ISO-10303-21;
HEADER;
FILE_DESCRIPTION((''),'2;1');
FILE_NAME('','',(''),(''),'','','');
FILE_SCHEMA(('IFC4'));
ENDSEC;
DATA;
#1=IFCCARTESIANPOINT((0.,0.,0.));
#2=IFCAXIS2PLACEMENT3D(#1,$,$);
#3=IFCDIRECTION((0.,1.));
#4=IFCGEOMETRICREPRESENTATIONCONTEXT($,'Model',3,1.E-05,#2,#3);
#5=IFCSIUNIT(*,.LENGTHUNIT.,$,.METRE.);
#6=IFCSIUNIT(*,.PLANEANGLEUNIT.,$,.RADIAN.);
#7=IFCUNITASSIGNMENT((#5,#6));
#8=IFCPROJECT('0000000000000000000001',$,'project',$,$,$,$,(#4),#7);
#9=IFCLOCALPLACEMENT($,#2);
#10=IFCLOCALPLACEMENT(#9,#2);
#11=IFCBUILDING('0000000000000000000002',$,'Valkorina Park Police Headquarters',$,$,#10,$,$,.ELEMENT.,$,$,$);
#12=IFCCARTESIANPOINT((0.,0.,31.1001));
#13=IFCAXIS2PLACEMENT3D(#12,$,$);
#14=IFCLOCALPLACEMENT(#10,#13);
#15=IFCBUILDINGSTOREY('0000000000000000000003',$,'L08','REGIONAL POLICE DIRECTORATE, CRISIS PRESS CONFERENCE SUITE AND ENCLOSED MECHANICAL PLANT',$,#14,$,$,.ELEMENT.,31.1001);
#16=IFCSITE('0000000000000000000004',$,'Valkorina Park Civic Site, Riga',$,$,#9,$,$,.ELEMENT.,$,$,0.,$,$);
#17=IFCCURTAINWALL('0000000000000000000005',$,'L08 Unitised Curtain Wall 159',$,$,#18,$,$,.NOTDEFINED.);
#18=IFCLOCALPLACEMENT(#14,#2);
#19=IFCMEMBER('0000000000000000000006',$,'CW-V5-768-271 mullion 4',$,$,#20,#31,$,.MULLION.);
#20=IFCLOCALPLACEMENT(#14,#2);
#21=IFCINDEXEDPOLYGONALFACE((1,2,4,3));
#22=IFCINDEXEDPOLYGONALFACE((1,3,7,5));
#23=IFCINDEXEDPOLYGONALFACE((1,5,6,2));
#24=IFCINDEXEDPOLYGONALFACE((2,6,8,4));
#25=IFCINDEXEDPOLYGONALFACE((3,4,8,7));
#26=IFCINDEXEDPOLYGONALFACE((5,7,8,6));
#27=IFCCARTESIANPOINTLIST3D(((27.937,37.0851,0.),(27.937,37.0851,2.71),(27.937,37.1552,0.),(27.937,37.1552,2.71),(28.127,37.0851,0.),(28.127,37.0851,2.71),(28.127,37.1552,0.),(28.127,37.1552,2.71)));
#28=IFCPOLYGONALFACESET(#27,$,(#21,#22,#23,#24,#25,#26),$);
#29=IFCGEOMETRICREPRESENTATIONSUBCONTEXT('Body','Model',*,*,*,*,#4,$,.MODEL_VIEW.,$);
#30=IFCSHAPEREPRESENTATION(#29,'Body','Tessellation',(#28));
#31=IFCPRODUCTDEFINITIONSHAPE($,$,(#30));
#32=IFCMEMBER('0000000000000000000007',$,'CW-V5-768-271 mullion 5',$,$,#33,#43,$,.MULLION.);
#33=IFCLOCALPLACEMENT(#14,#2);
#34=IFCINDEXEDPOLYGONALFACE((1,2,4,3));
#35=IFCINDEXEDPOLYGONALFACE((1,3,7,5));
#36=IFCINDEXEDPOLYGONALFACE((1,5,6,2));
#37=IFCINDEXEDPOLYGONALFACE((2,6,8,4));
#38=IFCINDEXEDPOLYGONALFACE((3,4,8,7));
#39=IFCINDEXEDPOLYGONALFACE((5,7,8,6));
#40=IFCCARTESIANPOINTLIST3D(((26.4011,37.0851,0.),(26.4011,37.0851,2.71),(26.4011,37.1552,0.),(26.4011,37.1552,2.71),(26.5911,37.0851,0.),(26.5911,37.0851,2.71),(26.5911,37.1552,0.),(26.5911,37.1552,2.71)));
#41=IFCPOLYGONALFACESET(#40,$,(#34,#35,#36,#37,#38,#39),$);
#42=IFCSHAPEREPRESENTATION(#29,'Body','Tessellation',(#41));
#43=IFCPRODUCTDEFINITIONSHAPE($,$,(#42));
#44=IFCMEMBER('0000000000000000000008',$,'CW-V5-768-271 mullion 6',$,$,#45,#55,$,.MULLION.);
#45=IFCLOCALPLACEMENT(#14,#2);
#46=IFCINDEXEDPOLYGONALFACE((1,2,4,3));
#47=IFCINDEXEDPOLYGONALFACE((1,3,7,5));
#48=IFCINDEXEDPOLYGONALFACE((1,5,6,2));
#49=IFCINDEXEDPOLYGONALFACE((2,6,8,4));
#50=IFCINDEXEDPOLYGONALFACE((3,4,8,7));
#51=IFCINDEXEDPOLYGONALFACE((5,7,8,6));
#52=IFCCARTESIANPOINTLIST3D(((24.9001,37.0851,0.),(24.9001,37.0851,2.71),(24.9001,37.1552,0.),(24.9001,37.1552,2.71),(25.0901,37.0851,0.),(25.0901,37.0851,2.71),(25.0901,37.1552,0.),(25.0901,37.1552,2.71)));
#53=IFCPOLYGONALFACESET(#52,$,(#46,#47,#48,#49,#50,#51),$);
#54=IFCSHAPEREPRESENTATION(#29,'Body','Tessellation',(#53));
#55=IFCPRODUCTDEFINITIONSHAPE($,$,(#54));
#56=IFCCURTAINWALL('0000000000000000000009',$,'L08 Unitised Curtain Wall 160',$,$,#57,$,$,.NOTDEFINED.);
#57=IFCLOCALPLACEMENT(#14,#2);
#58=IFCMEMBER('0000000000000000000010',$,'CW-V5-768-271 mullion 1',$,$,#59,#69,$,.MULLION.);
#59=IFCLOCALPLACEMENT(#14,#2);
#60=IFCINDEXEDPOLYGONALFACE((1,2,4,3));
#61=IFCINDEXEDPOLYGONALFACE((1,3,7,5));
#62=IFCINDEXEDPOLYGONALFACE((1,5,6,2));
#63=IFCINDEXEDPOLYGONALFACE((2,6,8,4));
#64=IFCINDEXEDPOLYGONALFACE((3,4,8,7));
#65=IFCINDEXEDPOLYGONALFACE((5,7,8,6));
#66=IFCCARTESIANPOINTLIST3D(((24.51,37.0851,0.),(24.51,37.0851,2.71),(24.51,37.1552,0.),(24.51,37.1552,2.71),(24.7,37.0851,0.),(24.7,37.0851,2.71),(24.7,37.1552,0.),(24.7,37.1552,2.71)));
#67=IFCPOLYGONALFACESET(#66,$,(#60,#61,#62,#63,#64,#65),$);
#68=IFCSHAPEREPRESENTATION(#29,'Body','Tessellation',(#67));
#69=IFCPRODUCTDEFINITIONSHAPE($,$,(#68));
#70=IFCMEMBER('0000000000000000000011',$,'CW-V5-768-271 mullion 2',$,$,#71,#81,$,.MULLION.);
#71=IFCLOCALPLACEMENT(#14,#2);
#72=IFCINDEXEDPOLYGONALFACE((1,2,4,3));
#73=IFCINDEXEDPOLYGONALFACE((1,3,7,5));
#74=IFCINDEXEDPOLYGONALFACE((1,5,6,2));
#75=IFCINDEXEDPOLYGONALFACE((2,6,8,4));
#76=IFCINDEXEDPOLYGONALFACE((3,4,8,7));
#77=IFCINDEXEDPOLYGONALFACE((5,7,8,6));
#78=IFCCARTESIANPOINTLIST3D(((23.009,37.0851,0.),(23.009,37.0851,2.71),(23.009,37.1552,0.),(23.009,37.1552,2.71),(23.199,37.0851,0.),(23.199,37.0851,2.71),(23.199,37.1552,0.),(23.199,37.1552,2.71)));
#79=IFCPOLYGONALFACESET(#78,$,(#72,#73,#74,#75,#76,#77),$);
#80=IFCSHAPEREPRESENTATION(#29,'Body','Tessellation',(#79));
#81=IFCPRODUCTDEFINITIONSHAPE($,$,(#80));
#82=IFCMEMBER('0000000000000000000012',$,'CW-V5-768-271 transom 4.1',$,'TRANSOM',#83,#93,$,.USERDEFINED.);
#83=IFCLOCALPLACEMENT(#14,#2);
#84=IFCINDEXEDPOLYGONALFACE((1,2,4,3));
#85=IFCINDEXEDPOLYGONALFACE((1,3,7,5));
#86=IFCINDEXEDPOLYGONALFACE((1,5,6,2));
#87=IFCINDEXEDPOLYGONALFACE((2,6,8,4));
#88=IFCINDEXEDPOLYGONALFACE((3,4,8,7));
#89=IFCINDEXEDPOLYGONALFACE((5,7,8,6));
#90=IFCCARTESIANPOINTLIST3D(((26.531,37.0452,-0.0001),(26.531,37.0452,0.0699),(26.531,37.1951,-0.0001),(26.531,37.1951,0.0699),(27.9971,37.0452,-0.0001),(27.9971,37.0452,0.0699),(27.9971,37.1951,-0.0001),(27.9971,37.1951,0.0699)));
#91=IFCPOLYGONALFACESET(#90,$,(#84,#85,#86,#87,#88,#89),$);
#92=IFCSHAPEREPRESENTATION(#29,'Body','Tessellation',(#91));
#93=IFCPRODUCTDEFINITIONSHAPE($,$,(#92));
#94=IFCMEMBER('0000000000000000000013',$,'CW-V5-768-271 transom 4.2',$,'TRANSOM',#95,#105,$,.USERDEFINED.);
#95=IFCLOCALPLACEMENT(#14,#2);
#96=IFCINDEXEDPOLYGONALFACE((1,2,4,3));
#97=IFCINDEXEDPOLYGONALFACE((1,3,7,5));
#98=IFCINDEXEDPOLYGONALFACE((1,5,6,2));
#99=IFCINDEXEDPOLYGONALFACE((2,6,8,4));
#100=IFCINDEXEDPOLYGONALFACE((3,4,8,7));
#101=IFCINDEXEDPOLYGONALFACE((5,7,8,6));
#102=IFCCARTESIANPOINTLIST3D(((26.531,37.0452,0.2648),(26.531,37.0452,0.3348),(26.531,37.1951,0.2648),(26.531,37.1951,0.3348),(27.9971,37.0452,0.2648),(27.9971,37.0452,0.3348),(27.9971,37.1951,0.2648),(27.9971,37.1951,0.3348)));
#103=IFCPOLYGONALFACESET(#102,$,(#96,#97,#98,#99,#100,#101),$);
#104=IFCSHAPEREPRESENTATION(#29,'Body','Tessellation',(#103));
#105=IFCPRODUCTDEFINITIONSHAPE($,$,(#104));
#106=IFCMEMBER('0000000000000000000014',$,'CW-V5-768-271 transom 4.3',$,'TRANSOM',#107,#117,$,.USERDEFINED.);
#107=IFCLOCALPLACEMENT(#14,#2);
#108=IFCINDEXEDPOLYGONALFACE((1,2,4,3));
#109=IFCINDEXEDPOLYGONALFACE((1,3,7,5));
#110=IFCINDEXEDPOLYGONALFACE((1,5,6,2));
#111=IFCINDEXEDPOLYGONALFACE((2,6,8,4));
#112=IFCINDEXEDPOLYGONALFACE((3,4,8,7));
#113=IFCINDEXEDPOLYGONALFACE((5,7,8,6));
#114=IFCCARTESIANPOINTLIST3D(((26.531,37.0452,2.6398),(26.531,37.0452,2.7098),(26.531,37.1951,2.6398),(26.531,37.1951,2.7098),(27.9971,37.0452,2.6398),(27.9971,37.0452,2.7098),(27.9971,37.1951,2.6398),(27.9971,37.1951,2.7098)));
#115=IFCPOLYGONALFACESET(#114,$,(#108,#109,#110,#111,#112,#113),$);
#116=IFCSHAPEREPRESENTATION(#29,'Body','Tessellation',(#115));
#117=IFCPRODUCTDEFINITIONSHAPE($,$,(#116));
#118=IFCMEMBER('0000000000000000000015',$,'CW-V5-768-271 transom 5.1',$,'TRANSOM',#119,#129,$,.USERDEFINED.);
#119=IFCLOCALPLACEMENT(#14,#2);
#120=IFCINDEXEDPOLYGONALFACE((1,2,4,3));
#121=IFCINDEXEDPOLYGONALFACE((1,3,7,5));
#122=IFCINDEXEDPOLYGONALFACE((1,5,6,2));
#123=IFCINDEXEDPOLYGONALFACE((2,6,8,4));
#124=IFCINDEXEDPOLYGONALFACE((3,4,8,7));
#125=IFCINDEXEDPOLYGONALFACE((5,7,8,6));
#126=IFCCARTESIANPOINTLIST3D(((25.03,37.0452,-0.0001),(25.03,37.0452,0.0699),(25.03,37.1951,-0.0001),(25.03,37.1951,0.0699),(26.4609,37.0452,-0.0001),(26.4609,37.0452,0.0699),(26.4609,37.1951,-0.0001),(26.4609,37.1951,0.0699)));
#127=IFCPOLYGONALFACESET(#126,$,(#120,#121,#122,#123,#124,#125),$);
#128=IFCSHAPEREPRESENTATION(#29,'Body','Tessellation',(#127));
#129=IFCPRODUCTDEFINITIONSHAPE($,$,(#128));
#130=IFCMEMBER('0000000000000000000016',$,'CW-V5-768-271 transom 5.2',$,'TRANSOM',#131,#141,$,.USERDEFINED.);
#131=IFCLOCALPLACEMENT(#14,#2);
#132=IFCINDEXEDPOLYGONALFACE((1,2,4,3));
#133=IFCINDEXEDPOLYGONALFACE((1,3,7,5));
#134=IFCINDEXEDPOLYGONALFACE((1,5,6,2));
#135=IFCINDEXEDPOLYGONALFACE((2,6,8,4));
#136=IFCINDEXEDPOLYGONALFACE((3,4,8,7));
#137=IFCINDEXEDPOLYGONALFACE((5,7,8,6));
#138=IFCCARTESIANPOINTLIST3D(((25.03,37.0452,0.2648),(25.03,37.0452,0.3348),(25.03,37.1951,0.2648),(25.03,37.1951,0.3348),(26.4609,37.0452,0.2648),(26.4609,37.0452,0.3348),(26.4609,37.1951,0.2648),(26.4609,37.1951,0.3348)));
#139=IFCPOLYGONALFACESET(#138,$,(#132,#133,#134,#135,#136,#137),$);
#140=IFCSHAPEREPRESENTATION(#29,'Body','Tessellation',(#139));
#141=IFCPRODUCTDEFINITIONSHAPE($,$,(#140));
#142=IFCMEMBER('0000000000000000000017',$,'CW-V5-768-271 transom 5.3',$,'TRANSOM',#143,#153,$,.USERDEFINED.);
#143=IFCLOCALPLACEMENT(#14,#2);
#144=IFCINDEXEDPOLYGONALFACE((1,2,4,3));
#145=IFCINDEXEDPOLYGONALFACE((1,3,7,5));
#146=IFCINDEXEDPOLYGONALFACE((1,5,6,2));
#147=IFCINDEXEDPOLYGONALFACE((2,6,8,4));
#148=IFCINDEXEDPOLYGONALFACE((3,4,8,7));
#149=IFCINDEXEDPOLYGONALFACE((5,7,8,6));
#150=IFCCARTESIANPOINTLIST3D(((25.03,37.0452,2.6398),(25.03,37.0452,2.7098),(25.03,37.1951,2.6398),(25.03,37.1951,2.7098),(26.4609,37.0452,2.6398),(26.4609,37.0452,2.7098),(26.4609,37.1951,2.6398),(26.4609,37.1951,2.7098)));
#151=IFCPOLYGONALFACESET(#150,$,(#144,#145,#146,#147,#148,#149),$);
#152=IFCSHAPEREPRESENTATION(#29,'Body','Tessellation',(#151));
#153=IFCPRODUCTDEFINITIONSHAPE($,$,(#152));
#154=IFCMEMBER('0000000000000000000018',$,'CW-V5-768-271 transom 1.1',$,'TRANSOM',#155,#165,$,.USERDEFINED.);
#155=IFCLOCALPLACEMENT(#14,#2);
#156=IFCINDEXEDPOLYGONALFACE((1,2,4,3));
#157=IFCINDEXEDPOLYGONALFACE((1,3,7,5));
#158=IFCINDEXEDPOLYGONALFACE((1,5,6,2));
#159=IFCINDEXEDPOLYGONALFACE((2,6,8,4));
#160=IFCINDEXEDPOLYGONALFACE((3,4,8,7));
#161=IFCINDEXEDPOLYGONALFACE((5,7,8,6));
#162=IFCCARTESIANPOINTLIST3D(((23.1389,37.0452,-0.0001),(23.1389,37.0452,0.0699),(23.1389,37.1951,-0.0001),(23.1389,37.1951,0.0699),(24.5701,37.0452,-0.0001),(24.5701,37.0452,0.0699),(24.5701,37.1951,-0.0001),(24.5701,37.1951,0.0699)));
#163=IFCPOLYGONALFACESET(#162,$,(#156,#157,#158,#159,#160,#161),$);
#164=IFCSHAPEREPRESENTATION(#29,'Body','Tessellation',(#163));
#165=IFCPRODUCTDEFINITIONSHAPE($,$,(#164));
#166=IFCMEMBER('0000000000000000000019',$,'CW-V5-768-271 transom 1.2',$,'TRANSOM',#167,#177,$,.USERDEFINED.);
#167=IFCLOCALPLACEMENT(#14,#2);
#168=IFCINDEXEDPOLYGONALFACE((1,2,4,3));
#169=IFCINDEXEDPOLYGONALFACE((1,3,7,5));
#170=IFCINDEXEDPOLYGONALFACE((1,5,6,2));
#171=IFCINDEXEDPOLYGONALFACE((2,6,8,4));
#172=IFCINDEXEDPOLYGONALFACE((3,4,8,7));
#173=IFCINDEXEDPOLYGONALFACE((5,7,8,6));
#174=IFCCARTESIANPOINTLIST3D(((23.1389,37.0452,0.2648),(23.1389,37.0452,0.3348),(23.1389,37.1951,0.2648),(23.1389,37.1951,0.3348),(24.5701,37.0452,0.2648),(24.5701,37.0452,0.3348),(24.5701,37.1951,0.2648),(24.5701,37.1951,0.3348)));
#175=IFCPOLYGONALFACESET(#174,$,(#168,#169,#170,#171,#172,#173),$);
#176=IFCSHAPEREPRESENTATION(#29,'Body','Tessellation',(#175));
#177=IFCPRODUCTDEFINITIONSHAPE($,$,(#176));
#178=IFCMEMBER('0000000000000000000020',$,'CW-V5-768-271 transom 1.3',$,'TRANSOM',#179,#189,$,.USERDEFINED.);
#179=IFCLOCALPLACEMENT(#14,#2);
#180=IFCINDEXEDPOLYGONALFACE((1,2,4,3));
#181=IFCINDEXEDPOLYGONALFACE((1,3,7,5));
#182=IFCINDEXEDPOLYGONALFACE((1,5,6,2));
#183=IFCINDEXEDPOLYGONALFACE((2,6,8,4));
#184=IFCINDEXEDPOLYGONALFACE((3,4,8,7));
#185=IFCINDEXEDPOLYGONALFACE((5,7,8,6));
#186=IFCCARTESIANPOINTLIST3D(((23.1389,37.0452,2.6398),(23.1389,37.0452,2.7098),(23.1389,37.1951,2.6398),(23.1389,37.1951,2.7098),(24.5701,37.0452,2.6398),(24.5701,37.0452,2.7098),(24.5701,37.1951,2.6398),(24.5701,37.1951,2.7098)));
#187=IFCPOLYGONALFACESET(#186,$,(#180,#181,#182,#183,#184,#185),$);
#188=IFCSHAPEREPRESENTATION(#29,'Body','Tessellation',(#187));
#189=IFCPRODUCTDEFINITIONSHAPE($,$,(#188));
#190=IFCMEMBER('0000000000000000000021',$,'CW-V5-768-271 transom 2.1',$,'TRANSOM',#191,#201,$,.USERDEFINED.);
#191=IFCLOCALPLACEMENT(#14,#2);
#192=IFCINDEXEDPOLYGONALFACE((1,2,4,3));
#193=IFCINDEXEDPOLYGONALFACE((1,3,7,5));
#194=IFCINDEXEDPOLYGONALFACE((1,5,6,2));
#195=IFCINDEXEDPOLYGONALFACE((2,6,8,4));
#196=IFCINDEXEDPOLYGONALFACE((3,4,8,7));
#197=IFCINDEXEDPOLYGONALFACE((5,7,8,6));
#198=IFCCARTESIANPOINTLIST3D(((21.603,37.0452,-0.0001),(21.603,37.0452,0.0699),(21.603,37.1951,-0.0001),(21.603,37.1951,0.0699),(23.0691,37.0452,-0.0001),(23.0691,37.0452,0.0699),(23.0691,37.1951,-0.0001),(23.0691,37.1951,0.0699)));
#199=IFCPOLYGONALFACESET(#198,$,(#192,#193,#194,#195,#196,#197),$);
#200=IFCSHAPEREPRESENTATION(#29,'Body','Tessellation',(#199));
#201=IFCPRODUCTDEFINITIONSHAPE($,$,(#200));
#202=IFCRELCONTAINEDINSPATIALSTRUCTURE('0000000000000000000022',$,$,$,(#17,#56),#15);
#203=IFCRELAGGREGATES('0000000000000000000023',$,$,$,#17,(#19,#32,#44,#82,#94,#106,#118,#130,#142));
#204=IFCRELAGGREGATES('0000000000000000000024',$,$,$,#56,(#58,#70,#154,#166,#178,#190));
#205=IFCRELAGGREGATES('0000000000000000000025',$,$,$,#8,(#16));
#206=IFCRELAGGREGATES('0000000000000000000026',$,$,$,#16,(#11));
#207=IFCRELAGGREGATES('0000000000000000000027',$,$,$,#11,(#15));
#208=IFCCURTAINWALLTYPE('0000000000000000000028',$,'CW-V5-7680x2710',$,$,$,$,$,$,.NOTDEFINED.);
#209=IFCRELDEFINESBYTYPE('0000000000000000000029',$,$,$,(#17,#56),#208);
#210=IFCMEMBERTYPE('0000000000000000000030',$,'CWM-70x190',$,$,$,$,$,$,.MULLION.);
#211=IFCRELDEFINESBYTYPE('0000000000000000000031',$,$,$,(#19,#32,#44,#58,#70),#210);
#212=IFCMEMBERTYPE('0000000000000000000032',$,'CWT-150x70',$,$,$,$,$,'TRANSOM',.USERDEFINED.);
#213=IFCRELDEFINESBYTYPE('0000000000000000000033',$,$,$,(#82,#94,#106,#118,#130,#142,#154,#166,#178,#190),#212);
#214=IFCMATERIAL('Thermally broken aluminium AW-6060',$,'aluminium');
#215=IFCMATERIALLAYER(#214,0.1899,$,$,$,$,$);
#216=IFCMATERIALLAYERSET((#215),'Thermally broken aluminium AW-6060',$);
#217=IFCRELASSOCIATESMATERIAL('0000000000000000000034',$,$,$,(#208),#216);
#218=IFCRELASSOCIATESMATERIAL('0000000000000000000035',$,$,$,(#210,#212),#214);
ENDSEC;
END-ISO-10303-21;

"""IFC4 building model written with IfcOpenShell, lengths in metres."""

from ifc_helpers import new_model, si_unit, direction, frame, origin, origin_2d, place, context, subcontext, project, spatial, rectangle, extrude, material, layer, layer_set, material_profile, profile_set, type_object, element, aggregate, save


model = new_model("IFC4")

# Units and contexts
model_context = context("Model", 3, precision=1e-05, world=origin(), true_north=direction((0.0, 1.0)))
body_context = subcontext(model_context, "Body", "Model", "MODEL_VIEW")
ifc_project = project(units=[si_unit("LENGTHUNIT", "METRE"), si_unit("PLANEANGLEUNIT", "RADIAN")], contexts=[model_context])

# Site, building, storey
site_placement = place(None, origin())
site = spatial("IfcSite", under=ifc_project, at=site_placement, Name="Valkorina Park Civic Site, Riga", CompositionType="ELEMENT", RefElevation=0.0)
building_placement = place(site_placement, origin())
building = spatial("IfcBuilding", under=site, at=building_placement, Name="Valkorina Park Police Headquarters", CompositionType="ELEMENT")
storey_placement = place(building_placement, frame((0.0, 0.0, 31.1001)))
storey = spatial("IfcBuildingStorey", under=building, at=storey_placement, Name="L08", Description="REGIONAL POLICE DIRECTORATE, CRISIS PRESS CONFERENCE SUITE AND ENCLOSED MECHANICAL PLANT", CompositionType="ELEMENT", Elevation=31.1001)

# Curtain walls, members
ifc_material_1 = material(Name="Thermally broken aluminium AW-6060", Category="aluminium")
ifc_layer_1 = layer(ifc_material_1, 0.1899)
ifc_layer_set_1 = layer_set([ifc_layer_1], Name="Thermally broken aluminium AW-6060")
curtain_wall_type = type_object("IfcCurtainWallType", Name="CW-V5-7680x2710", PredefinedType="NOTDEFINED", material=ifc_layer_set_1)
curtain_wall_1_placement = place(storey_placement, origin())
curtain_wall_1 = element("IfcCurtainWall", 1, at=curtain_wall_1_placement, inside=storey, type_object=curtain_wall_type, Name="L08 Unitised Curtain Wall 159", PredefinedType="NOTDEFINED")
ifc_material_profile_1 = material_profile(ifc_material_1, rectangle(XDim=0.0701, YDim=0.1899, at=origin_2d()), Name="CWM-02 70x190")
ifc_profile_set_1 = profile_set([ifc_material_profile_1], Name="Thermally broken aluminium AW-6060")
member_type_1 = type_object("IfcMemberType", Name="CWM-70x190", PredefinedType="MULLION", material=ifc_profile_set_1)
member_1_placement = place(storey_placement, frame((28.032, 37.1201, 0.0), z_axis=(0.0, 0.0, 1.0), x_axis=(0.0, -1.0, 0.0)))
member_1 = element("IfcMember", 2, at=member_1_placement, type_object=member_type_1, Name="CW-V5-768-271 mullion 4", PredefinedType="MULLION", context=body_context, shape_type="SweptSolid", body=[
    extrude(rectangle(XDim=0.0701, YDim=0.1899, at=origin_2d()), origin(), (0.0, 0.0, 1.0), 2.71),
])
member_2_placement = place(storey_placement, frame((26.4961, 37.1201, 0.0), z_axis=(0.0, 0.0, 1.0), x_axis=(0.0, -1.0, 0.0)))
member_2 = element("IfcMember", 3, at=member_2_placement, type_object=member_type_1, Name="CW-V5-768-271 mullion 5", PredefinedType="MULLION", context=body_context, shape_type="SweptSolid", body=[
    extrude(rectangle(XDim=0.0701, YDim=0.1899, at=origin_2d()), origin(), (0.0, 0.0, 1.0), 2.71),
])
member_3_placement = place(storey_placement, frame((24.9951, 37.1201, 0.0), z_axis=(0.0, 0.0, 1.0), x_axis=(0.0, -1.0, 0.0)))
member_3 = element("IfcMember", 4, at=member_3_placement, type_object=member_type_1, Name="CW-V5-768-271 mullion 6", PredefinedType="MULLION", context=body_context, shape_type="SweptSolid", body=[
    extrude(rectangle(XDim=0.0701, YDim=0.1899, at=origin_2d()), origin(), (0.0, 0.0, 1.0), 2.71),
])
curtain_wall_2_placement = place(storey_placement, origin())
curtain_wall_2 = element("IfcCurtainWall", 5, at=curtain_wall_2_placement, inside=storey, type_object=curtain_wall_type, Name="L08 Unitised Curtain Wall 160", PredefinedType="NOTDEFINED")
member_4_placement = place(storey_placement, frame((24.605, 37.1201, 0.0), z_axis=(0.0, 0.0, 1.0), x_axis=(0.0, -1.0, 0.0)))
member_4 = element("IfcMember", 6, at=member_4_placement, type_object=member_type_1, Name="CW-V5-768-271 mullion 1", PredefinedType="MULLION", context=body_context, shape_type="SweptSolid", body=[
    extrude(rectangle(XDim=0.0701, YDim=0.1899, at=origin_2d()), origin(), (0.0, 0.0, 1.0), 2.71),
])
member_5_placement = place(storey_placement, frame((23.104, 37.1201, 0.0), z_axis=(0.0, 0.0, 1.0), x_axis=(0.0, -1.0, 0.0)))
member_5 = element("IfcMember", 7, at=member_5_placement, type_object=member_type_1, Name="CW-V5-768-271 mullion 2", PredefinedType="MULLION", context=body_context, shape_type="SweptSolid", body=[
    extrude(rectangle(XDim=0.0701, YDim=0.1899, at=origin_2d()), origin(), (0.0, 0.0, 1.0), 2.71),
])

# Members
ifc_material_profile_2 = material_profile(ifc_material_1, rectangle(XDim=0.1499, YDim=0.0701, at=origin_2d()), Name="CWT-02 150x70")
ifc_profile_set_2 = profile_set([ifc_material_profile_2], Name="Thermally broken aluminium AW-6060")
member_type_2 = type_object("IfcMemberType", Name="CWT-150x70", ElementType="TRANSOM", PredefinedType="USERDEFINED", material=ifc_profile_set_2)
member_6_placement = place(storey_placement, frame((27.9971, 37.1201, 0.0349), z_axis=(-1.0, 0.0, 0.0), x_axis=(0.0, -1.0, 0.0)))
member_6 = element("IfcMember", 8, at=member_6_placement, type_object=member_type_2, Name="CW-V5-768-271 transom 4.1", ObjectType="TRANSOM", PredefinedType="USERDEFINED", context=body_context, shape_type="SweptSolid", body=[
    extrude(rectangle(XDim=0.1499, YDim=0.0701, at=origin_2d()), origin(), (0.0, 0.0, 1.0), 1.4661),
])
member_7_placement = place(storey_placement, frame((27.9971, 37.1201, 0.2998), z_axis=(-1.0, 0.0, 0.0), x_axis=(0.0, -1.0, 0.0)))
member_7 = element("IfcMember", 9, at=member_7_placement, type_object=member_type_2, Name="CW-V5-768-271 transom 4.2", ObjectType="TRANSOM", PredefinedType="USERDEFINED", context=body_context, shape_type="SweptSolid", body=[
    extrude(rectangle(XDim=0.1499, YDim=0.0701, at=origin_2d()), origin(), (0.0, 0.0, 1.0), 1.4661),
])
member_8_placement = place(storey_placement, frame((27.9971, 37.1201, 2.6748), z_axis=(-1.0, 0.0, 0.0), x_axis=(0.0, -1.0, 0.0)))
member_8 = element("IfcMember", 10, at=member_8_placement, type_object=member_type_2, Name="CW-V5-768-271 transom 4.3", ObjectType="TRANSOM", PredefinedType="USERDEFINED", context=body_context, shape_type="SweptSolid", body=[
    extrude(rectangle(XDim=0.1499, YDim=0.0701, at=origin_2d()), origin(), (0.0, 0.0, 1.0), 1.4661),
])
member_9_placement = place(storey_placement, frame((26.4609, 37.1201, 0.0349), z_axis=(-1.0, 0.0, 0.0), x_axis=(0.0, -1.0, 0.0)))
member_9 = element("IfcMember", 11, at=member_9_placement, type_object=member_type_2, Name="CW-V5-768-271 transom 5.1", ObjectType="TRANSOM", PredefinedType="USERDEFINED", context=body_context, shape_type="SweptSolid", body=[
    extrude(rectangle(XDim=0.1499, YDim=0.0701, at=origin_2d()), origin(), (0.0, 0.0, 1.0), 1.4309),
])
member_10_placement = place(storey_placement, frame((26.4609, 37.1201, 0.2998), z_axis=(-1.0, 0.0, 0.0), x_axis=(0.0, -1.0, 0.0)))
member_10 = element("IfcMember", 12, at=member_10_placement, type_object=member_type_2, Name="CW-V5-768-271 transom 5.2", ObjectType="TRANSOM", PredefinedType="USERDEFINED", context=body_context, shape_type="SweptSolid", body=[
    extrude(rectangle(XDim=0.1499, YDim=0.0701, at=origin_2d()), origin(), (0.0, 0.0, 1.0), 1.4309),
])
member_11_placement = place(storey_placement, frame((26.4609, 37.1201, 2.6748), z_axis=(-1.0, 0.0, 0.0), x_axis=(0.0, -1.0, 0.0)))
member_11 = element("IfcMember", 13, at=member_11_placement, type_object=member_type_2, Name="CW-V5-768-271 transom 5.3", ObjectType="TRANSOM", PredefinedType="USERDEFINED", context=body_context, shape_type="SweptSolid", body=[
    extrude(rectangle(XDim=0.1499, YDim=0.0701, at=origin_2d()), origin(), (0.0, 0.0, 1.0), 1.4309),
])
member_12_placement = place(storey_placement, frame((24.5701, 37.1201, 0.0349), z_axis=(-1.0, 0.0, 0.0), x_axis=(0.0, -1.0, 0.0)))
member_12 = element("IfcMember", 14, at=member_12_placement, type_object=member_type_2, Name="CW-V5-768-271 transom 1.1", ObjectType="TRANSOM", PredefinedType="USERDEFINED", context=body_context, shape_type="SweptSolid", body=[
    extrude(rectangle(XDim=0.1499, YDim=0.0701, at=origin_2d()), origin(), (0.0, 0.0, 1.0), 1.4312),
])
member_13_placement = place(storey_placement, frame((24.5701, 37.1201, 0.2998), z_axis=(-1.0, 0.0, 0.0), x_axis=(0.0, -1.0, 0.0)))
member_13 = element("IfcMember", 15, at=member_13_placement, type_object=member_type_2, Name="CW-V5-768-271 transom 1.2", ObjectType="TRANSOM", PredefinedType="USERDEFINED", context=body_context, shape_type="SweptSolid", body=[
    extrude(rectangle(XDim=0.1499, YDim=0.0701, at=origin_2d()), origin(), (0.0, 0.0, 1.0), 1.4312),
])
member_14_placement = place(storey_placement, frame((24.5701, 37.1201, 2.6748), z_axis=(-1.0, 0.0, 0.0), x_axis=(0.0, -1.0, 0.0)))
member_14 = element("IfcMember", 16, at=member_14_placement, type_object=member_type_2, Name="CW-V5-768-271 transom 1.3", ObjectType="TRANSOM", PredefinedType="USERDEFINED", context=body_context, shape_type="SweptSolid", body=[
    extrude(rectangle(XDim=0.1499, YDim=0.0701, at=origin_2d()), origin(), (0.0, 0.0, 1.0), 1.4312),
])
member_15_placement = place(storey_placement, frame((23.0691, 37.1201, 0.0349), z_axis=(-1.0, 0.0, 0.0), x_axis=(0.0, -1.0, 0.0)))
member_15 = element("IfcMember", 17, at=member_15_placement, type_object=member_type_2, Name="CW-V5-768-271 transom 2.1", ObjectType="TRANSOM", PredefinedType="USERDEFINED", context=body_context, shape_type="SweptSolid", body=[
    extrude(rectangle(XDim=0.1499, YDim=0.0701, at=origin_2d()), origin(), (0.0, 0.0, 1.0), 1.4661),
])

aggregate(curtain_wall_1, [member_1, member_2, member_3, member_6, member_7, member_8, member_9, member_10, member_11])
aggregate(curtain_wall_2, [member_4, member_5, member_12, member_13, member_14, member_15])

save(model, "model.ifc")
